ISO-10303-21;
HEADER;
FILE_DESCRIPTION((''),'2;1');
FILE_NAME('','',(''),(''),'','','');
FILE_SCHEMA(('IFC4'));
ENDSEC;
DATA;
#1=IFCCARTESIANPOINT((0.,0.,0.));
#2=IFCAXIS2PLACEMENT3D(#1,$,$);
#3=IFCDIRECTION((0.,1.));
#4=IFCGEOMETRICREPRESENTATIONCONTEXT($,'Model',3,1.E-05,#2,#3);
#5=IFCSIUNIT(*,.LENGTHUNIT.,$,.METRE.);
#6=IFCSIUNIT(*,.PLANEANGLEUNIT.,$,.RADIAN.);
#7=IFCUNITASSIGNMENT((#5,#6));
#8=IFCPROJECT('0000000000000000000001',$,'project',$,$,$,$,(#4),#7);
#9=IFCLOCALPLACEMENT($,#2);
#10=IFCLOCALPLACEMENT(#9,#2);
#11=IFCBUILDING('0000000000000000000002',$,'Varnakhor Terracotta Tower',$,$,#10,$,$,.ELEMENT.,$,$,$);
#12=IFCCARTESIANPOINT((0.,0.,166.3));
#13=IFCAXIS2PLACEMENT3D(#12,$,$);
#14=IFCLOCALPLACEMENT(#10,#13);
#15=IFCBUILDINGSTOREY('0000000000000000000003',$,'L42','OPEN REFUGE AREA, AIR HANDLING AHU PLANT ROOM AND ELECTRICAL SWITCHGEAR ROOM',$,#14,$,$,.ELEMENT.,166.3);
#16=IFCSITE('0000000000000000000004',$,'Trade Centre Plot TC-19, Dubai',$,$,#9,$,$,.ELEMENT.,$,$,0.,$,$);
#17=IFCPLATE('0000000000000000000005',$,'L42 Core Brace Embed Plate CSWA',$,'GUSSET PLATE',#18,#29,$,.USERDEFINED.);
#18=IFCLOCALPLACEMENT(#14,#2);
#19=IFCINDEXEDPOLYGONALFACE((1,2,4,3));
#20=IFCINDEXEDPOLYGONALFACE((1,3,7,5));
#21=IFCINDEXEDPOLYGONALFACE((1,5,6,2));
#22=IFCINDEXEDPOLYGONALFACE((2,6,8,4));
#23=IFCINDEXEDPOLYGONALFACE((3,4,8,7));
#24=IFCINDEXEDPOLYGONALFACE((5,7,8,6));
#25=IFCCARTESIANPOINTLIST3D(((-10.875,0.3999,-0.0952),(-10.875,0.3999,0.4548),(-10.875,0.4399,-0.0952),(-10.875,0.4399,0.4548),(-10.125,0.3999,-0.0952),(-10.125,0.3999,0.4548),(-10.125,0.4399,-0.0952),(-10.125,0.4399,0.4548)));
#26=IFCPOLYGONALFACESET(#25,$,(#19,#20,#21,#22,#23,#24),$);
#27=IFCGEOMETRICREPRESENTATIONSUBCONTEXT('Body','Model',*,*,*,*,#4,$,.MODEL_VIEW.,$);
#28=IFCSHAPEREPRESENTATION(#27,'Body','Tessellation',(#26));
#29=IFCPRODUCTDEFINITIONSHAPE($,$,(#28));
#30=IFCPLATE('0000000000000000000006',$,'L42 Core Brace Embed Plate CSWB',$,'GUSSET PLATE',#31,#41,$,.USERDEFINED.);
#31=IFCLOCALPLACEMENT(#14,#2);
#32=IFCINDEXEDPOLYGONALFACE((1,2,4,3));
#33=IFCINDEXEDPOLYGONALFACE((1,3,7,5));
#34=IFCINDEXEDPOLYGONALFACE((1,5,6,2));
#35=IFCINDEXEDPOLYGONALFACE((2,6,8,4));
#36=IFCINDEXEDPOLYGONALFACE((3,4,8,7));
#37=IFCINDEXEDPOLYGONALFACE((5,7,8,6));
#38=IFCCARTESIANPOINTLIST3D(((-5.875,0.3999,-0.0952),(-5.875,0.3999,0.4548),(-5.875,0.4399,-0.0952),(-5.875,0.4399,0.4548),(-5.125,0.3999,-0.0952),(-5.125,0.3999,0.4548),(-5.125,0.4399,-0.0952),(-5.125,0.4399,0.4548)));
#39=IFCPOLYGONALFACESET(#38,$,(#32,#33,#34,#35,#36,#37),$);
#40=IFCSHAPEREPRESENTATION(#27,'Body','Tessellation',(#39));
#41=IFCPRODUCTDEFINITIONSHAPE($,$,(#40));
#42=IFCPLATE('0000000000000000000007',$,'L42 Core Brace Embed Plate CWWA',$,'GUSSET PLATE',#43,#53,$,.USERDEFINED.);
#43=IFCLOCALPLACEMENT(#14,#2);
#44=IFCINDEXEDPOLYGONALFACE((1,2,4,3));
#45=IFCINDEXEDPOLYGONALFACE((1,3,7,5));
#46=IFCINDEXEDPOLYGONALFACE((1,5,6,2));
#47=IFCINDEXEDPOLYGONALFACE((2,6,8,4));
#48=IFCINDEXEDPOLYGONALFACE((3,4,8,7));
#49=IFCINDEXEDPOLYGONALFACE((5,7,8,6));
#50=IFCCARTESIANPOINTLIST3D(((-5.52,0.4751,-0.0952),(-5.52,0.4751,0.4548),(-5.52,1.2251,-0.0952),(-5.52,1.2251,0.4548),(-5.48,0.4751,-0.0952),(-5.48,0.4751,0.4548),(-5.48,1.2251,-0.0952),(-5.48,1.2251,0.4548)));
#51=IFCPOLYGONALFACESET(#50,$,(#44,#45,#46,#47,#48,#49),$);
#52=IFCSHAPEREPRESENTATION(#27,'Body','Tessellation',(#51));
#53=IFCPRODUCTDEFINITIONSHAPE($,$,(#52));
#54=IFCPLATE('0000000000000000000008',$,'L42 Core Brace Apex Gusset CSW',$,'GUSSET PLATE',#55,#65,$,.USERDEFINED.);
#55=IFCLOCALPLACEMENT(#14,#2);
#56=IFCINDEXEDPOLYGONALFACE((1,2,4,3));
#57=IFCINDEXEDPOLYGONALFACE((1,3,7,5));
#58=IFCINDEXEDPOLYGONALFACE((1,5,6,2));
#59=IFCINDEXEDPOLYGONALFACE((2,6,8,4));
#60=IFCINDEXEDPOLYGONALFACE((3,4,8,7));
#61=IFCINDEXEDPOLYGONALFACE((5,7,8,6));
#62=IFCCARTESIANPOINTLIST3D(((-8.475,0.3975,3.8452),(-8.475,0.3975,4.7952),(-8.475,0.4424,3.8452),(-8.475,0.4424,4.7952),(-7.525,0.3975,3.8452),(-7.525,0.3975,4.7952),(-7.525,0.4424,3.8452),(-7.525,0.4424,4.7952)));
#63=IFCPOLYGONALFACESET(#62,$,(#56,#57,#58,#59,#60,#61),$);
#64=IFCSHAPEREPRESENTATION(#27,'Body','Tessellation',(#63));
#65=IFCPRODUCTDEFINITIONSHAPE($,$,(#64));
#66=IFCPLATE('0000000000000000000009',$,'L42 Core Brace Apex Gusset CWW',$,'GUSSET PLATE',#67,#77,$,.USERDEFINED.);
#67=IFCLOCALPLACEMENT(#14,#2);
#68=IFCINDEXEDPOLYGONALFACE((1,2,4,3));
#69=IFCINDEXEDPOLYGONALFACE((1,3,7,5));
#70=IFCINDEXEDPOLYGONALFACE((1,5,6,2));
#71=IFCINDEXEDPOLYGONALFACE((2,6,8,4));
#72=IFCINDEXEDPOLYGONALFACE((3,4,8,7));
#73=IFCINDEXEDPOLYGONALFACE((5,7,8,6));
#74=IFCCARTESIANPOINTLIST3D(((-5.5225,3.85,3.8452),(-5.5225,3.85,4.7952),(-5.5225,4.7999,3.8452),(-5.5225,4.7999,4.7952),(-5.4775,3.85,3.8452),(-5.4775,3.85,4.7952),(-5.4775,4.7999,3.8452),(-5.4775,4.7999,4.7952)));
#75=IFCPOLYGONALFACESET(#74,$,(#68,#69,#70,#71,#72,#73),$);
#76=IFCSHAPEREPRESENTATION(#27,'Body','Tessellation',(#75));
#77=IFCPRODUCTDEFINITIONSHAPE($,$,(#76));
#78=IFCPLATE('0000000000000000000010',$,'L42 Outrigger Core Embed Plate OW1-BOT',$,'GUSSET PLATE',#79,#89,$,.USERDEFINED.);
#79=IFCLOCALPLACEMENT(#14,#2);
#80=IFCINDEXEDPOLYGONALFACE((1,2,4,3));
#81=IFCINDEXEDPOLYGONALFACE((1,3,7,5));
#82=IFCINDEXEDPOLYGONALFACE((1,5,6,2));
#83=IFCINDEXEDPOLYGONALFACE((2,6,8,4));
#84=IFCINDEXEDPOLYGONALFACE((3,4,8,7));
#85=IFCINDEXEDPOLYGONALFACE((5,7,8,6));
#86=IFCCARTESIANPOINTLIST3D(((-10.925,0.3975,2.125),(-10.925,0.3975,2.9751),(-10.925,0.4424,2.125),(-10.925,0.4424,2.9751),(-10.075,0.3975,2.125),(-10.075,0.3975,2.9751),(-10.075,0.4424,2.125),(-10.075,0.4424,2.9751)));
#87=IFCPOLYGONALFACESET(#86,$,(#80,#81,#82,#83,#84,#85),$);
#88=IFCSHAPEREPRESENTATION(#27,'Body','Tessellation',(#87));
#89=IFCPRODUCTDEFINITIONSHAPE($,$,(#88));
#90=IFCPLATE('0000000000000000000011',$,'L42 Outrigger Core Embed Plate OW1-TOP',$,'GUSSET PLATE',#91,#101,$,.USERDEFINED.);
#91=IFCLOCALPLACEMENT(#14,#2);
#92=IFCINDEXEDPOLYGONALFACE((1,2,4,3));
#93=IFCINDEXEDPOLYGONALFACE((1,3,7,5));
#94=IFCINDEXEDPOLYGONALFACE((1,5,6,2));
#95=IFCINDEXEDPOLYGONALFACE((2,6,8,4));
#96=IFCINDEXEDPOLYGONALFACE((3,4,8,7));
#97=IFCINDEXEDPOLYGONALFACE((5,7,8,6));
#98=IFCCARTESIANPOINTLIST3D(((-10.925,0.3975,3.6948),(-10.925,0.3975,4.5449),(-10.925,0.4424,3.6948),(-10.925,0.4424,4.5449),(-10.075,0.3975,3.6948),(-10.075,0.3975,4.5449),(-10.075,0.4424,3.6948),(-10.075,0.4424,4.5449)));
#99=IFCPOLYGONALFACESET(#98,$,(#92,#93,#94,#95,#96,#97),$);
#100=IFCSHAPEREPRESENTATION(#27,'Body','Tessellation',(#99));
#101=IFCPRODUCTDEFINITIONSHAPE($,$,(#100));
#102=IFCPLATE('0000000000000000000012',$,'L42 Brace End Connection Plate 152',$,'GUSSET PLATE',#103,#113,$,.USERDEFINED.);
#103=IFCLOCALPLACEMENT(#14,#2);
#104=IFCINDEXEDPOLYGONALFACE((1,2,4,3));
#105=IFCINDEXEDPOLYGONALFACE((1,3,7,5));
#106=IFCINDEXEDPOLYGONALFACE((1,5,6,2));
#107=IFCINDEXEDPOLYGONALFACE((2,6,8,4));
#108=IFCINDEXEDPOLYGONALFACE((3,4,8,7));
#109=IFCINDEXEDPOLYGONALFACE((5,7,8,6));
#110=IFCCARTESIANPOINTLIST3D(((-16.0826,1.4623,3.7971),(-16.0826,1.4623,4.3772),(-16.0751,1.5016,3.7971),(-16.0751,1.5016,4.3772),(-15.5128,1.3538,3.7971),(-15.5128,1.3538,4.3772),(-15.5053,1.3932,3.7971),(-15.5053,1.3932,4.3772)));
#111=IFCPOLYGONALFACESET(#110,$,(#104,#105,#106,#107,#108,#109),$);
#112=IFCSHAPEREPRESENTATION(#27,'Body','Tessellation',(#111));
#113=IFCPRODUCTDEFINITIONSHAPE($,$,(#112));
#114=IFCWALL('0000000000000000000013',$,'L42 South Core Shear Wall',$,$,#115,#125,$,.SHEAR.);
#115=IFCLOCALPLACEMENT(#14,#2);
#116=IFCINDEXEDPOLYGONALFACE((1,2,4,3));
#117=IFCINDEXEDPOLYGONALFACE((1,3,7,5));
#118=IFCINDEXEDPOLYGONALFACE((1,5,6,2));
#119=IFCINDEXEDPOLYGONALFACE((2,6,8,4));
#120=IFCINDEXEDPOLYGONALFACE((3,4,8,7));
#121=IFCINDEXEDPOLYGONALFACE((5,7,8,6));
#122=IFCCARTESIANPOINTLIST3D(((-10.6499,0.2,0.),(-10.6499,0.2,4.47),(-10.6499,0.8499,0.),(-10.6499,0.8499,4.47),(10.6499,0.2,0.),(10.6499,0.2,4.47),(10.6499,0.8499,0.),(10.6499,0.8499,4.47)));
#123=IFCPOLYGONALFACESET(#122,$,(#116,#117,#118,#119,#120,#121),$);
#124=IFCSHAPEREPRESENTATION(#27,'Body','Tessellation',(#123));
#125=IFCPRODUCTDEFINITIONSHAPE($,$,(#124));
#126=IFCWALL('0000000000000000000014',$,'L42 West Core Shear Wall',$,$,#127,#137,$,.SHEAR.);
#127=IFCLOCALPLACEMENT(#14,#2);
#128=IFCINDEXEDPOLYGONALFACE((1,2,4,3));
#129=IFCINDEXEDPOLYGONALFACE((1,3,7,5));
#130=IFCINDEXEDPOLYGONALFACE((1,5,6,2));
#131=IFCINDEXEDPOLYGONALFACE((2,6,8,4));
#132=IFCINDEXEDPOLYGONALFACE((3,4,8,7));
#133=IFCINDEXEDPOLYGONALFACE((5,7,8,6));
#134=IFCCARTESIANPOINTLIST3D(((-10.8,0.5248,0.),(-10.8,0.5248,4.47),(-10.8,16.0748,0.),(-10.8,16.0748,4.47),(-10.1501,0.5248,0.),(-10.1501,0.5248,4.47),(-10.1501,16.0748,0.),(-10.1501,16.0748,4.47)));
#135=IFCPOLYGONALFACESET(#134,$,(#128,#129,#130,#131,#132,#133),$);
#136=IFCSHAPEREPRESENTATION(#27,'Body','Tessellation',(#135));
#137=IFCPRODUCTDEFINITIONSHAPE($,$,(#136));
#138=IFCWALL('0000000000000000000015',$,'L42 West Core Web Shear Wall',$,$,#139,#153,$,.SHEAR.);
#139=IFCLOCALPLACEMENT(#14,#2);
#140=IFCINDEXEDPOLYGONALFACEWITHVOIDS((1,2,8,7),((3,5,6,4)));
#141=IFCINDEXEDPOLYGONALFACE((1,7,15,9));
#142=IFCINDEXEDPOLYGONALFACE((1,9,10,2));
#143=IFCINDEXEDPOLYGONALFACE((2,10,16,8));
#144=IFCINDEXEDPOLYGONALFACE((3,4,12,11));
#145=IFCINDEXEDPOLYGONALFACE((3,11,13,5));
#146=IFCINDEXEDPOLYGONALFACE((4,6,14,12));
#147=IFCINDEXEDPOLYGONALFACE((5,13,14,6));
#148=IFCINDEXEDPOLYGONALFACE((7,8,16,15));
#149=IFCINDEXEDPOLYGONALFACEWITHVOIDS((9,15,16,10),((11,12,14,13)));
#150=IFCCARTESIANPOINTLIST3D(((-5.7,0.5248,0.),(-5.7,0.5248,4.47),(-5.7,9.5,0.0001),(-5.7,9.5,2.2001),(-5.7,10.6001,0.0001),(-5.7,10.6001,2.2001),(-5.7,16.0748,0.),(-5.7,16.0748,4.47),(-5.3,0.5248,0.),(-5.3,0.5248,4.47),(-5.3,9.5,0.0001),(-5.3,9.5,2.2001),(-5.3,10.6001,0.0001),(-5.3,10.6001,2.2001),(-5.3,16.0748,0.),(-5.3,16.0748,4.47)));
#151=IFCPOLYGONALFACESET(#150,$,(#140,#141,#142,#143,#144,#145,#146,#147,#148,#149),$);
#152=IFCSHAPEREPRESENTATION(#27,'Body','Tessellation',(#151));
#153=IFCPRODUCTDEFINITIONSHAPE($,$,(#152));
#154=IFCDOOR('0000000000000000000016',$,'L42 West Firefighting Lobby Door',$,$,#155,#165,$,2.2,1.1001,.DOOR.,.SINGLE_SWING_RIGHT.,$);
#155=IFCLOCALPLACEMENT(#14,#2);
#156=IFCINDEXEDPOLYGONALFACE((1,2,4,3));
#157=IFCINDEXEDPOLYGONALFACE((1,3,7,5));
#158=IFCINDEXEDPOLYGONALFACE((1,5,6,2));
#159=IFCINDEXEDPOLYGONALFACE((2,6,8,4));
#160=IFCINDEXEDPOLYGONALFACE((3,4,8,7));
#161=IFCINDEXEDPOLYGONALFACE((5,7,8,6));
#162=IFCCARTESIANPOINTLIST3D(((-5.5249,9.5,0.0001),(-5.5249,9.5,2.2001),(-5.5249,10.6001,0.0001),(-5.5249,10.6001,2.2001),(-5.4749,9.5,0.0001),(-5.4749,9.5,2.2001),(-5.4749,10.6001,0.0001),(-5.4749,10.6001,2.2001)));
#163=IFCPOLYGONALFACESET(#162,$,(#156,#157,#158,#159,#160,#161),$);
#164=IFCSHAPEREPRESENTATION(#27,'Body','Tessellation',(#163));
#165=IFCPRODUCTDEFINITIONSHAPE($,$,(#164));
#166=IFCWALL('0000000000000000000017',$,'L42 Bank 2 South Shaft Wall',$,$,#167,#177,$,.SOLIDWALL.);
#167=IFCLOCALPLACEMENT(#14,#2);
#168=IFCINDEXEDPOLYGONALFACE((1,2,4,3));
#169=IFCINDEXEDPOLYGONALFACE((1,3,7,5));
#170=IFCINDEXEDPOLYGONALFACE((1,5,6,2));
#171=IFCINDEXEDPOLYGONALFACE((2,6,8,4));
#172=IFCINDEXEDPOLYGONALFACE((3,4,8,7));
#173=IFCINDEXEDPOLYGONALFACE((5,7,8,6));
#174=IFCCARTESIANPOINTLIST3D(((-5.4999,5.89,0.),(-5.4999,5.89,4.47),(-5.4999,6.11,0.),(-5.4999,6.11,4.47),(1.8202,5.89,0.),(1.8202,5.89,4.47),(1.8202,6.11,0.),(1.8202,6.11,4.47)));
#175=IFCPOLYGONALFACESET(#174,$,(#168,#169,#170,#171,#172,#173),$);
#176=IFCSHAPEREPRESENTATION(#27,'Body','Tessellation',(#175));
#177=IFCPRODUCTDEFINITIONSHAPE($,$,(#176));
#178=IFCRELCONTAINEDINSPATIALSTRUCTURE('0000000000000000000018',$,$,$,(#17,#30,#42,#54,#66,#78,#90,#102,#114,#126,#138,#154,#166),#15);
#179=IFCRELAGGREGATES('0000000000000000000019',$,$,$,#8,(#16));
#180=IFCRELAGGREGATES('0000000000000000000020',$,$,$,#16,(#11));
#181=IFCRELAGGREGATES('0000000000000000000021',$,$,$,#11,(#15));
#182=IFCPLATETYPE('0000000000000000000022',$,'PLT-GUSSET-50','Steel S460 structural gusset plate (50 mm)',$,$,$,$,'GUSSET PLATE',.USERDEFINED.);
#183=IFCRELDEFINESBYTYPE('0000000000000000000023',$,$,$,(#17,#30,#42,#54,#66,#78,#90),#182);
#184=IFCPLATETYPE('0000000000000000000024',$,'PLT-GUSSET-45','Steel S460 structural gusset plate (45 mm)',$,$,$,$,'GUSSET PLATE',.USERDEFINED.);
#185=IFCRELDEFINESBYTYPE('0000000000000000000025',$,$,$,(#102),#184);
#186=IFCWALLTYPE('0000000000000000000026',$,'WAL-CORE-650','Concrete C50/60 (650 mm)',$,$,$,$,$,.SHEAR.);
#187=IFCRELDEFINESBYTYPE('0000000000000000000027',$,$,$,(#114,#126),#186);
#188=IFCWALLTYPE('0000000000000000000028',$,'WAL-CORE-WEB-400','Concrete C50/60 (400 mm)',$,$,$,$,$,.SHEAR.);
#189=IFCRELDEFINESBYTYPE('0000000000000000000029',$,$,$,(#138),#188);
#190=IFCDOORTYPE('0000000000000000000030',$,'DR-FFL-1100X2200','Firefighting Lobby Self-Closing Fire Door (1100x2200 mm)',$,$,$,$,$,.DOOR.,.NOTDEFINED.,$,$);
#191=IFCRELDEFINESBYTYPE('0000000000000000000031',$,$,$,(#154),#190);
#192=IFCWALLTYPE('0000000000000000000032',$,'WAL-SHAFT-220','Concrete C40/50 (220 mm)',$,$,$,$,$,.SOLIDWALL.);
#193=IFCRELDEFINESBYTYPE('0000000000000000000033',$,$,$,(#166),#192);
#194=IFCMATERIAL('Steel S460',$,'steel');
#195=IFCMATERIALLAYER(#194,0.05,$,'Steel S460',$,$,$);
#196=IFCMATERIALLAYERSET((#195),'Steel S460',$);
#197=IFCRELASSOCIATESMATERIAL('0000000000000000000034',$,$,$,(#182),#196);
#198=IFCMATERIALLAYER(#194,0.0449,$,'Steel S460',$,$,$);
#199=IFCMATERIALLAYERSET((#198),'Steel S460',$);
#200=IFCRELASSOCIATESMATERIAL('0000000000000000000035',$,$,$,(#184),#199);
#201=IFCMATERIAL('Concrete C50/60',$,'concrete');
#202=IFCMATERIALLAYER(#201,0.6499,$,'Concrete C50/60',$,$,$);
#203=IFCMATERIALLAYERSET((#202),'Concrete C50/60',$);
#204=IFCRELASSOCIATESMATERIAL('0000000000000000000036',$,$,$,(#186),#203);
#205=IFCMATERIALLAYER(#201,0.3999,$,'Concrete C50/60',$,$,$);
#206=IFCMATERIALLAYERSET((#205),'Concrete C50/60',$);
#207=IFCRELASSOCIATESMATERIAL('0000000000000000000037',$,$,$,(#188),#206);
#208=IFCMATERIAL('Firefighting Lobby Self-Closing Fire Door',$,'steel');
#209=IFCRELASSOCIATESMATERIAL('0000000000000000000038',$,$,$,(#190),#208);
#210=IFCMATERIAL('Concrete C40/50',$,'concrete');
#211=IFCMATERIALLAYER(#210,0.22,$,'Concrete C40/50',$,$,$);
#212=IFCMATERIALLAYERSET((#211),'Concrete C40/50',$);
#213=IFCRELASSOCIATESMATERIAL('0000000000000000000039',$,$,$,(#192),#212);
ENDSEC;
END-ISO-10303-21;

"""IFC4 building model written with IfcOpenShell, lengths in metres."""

from ifc_helpers import new_model, si_unit, direction, frame, frame_2d, origin, origin_2d, place, context, subcontext, project, spatial, rectangle, extrude, source, transform, mapped, material, layer, layer_set, type_object, type_shapes, element, fill, save


model = new_model("IFC4")

# Units and contexts
model_context = context("Model", 3, precision=1e-05, world=origin(), true_north=direction((0.0, 1.0)))
body_context = subcontext(model_context, "Body", "Model", "MODEL_VIEW")
ifc_project = project(units=[si_unit("LENGTHUNIT", "METRE"), si_unit("PLANEANGLEUNIT", "RADIAN")], contexts=[model_context])

# Site, building, storey
site_placement = place(None, origin())
site = spatial("IfcSite", under=ifc_project, at=site_placement, Name="Trade Centre Plot TC-19, Dubai", CompositionType="ELEMENT", RefElevation=0.0)
building_placement = place(site_placement, origin())
building = spatial("IfcBuilding", under=site, at=building_placement, Name="Varnakhor Terracotta Tower", CompositionType="ELEMENT")
storey_placement = place(building_placement, frame((0.0, 0.0, 166.3)))
storey = spatial("IfcBuildingStorey", under=building, at=storey_placement, Name="L42", Description="OPEN REFUGE AREA, AIR HANDLING AHU PLANT ROOM AND ELECTRICAL SWITCHGEAR ROOM", CompositionType="ELEMENT", Elevation=166.3)

# Shared definitions
ifc_material_1 = material(Name="Concrete C50/60", Category="concrete")

# Shared definitions
ifc_material_2 = material(Name="Steel S460", Category="steel")

# Plates
ifc_layer_1 = layer(ifc_material_2, 0.05, Name="Steel S460")
ifc_layer_set_1 = layer_set([ifc_layer_1], Name="Steel S460")
plate_type_1 = type_object("IfcPlateType", Name="PLT-GUSSET-50", Description="Steel S460 structural gusset plate (50 mm)", ElementType="GUSSET PLATE", PredefinedType="USERDEFINED", material=ifc_layer_set_1)
shared_shape_1 = source(origin(), body_context, "Body", "SweptSolid", [
    extrude(rectangle(XDim=0.75, YDim=0.04, at=origin_2d()), origin(), (0.0, 0.0, 1.0), 0.55),
])
type_shapes(plate_type_1, [shared_shape_1])
for number, where, z_axis, x_axis, name in (
    (1, (-10.5, 0.4199, -0.0952), (0.0, 0.0, 1.0), (1.0, 0.0, 0.0), "L42 Core Brace Embed Plate CSWA"),
    (2, (-5.5, 0.4199, -0.0952), (0.0, 0.0, 1.0), (1.0, 0.0, 0.0), "L42 Core Brace Embed Plate CSWB"),
    (3, (-5.5, 0.8501, -0.0952), (0.0, 0.0, 1.0), (0.0, 1.0, 0.0), "L42 Core Brace Embed Plate CWWA"),
):
    element("IfcPlate", number, at=place(storey_placement, frame(where, z_axis=z_axis, x_axis=x_axis)), inside=storey, type_object=plate_type_1, Name=name, ObjectType="GUSSET PLATE", PredefinedType="USERDEFINED", context=body_context, shape_type="MappedRepresentation", body=[
        mapped(shared_shape_1, transform((0.0, 0.0, 0.0), scale=1.0)),
    ])
shared_shape_2 = source(origin(), body_context, "Body", "SweptSolid", [
    extrude(rectangle(XDim=0.95, YDim=0.0449, at=origin_2d()), origin(), (0.0, 0.0, 1.0), 0.95),
])
for number, where, z_axis, x_axis, name in (
    (4, (-8.0, 0.4199, 3.8452), (0.0, 0.0, 1.0), (1.0, 0.0, 0.0), "L42 Core Brace Apex Gusset CSW"),
    (5, (-5.5, 4.325, 3.8452), (0.0, 0.0, 1.0), (0.0, 1.0, 0.0), "L42 Core Brace Apex Gusset CWW"),
):
    element("IfcPlate", number, at=place(storey_placement, frame(where, z_axis=z_axis, x_axis=x_axis)), inside=storey, type_object=plate_type_1, Name=name, ObjectType="GUSSET PLATE", PredefinedType="USERDEFINED", context=body_context, shape_type="MappedRepresentation", body=[
        mapped(shared_shape_2, transform((0.0, 0.0, 0.0), scale=1.0)),
    ])
shared_shape_3 = source(origin(), body_context, "Body", "SweptSolid", [
    extrude(rectangle(XDim=0.8501, YDim=0.0449, at=origin_2d()), origin(), (0.0, 0.0, 1.0), 0.8501),
])
for number, where, z_axis, x_axis, name in (
    (6, (-10.5, 0.4199, 2.125), (0.0, 0.0, 1.0), (1.0, 0.0, 0.0), "L42 Outrigger Core Embed Plate OW1-BOT"),
    (7, (-10.5, 0.4199, 3.6948), (0.0, 0.0, 1.0), (1.0, 0.0, 0.0), "L42 Outrigger Core Embed Plate OW1-TOP"),
):
    element("IfcPlate", number, at=place(storey_placement, frame(where, z_axis=z_axis, x_axis=x_axis)), inside=storey, type_object=plate_type_1, Name=name, ObjectType="GUSSET PLATE", PredefinedType="USERDEFINED", context=body_context, shape_type="MappedRepresentation", body=[
        mapped(shared_shape_3, transform((0.0, 0.0, 0.0), scale=1.0)),
    ])
ifc_layer_2 = layer(ifc_material_2, 0.0449, Name="Steel S460")
ifc_layer_set_2 = layer_set([ifc_layer_2], Name="Steel S460")
plate_type_2 = type_object("IfcPlateType", Name="PLT-GUSSET-45", Description="Steel S460 structural gusset plate (45 mm)", ElementType="GUSSET PLATE", PredefinedType="USERDEFINED", material=ifc_layer_set_2)
shared_shape_4 = source(origin(), body_context, "Body", "SweptSolid", [
    extrude(rectangle(XDim=0.5801, YDim=0.04, at=origin_2d()), origin(), (0.0, 0.0, 1.0), 0.5801),
])
plate_placement = place(storey_placement, frame((-15.7939, 1.4277, 3.7971), z_axis=(0.0, 0.0, 1.0), x_axis=(-0.982359, 0.187004, 0.0)))
element("IfcPlate", 8, at=plate_placement, inside=storey, type_object=plate_type_2, Name="L42 Brace End Connection Plate 152", ObjectType="GUSSET PLATE", PredefinedType="USERDEFINED", context=body_context, shape_type="MappedRepresentation", body=[
    mapped(shared_shape_4, transform((0.0, 0.0, 0.0), scale=1.0)),
])

# Walls
ifc_layer_3 = layer(ifc_material_1, 0.6499, Name="Concrete C50/60")
ifc_layer_set_3 = layer_set([ifc_layer_3], Name="Concrete C50/60")
wall_type_1 = type_object("IfcWallType", Name="WAL-CORE-650", Description="Concrete C50/60 (650 mm)", PredefinedType="SHEAR", material=ifc_layer_set_3)
wall_1_placement = place(storey_placement, frame((-10.6499, 0.5249, 0.0), z_axis=(0.0, 0.0, 1.0), x_axis=(1.0, 0.0, 0.0)))
element("IfcWall", 9, at=wall_1_placement, inside=storey, type_object=wall_type_1, Name="L42 South Core Shear Wall", PredefinedType="SHEAR", context=body_context, shape_type="SweptSolid", body=[
    extrude(rectangle(XDim=21.2998, YDim=0.6499, at=frame_2d((10.6499, 0.0))), origin(), (0.0, 0.0, 1.0), 4.47),
])
wall_2_placement = place(storey_placement, frame((-10.4751, 0.5249, 0.0), z_axis=(0.0, 0.0, 1.0), x_axis=(0.0, 1.0, 0.0)))
element("IfcWall", 10, at=wall_2_placement, inside=storey, type_object=wall_type_1, Name="L42 West Core Shear Wall", PredefinedType="SHEAR", context=body_context, shape_type="SweptSolid", body=[
    extrude(rectangle(XDim=15.55, YDim=0.6499, at=frame_2d((7.7749, 0.0))), origin(), (0.0, 0.0, 1.0), 4.47),
])

# Wall, opening, door
ifc_layer_4 = layer(ifc_material_1, 0.3999, Name="Concrete C50/60")
ifc_layer_set_4 = layer_set([ifc_layer_4], Name="Concrete C50/60")
wall_type_2 = type_object("IfcWallType", Name="WAL-CORE-WEB-400", Description="Concrete C50/60 (400 mm)", PredefinedType="SHEAR", material=ifc_layer_set_4)
wall_3_placement = place(storey_placement, frame((-5.5, 0.5249, 0.0), z_axis=(0.0, 0.0, 1.0), x_axis=(0.0, 1.0, 0.0)))
wall_3 = element("IfcWall", 11, at=wall_3_placement, inside=storey, type_object=wall_type_2, Name="L42 West Core Web Shear Wall", PredefinedType="SHEAR", context=body_context, shape_type="SweptSolid", body=[
    extrude(rectangle(XDim=15.55, YDim=0.3999, at=frame_2d((7.7749, 0.0))), origin(), (0.0, 0.0, 1.0), 4.47),
])
opening_placement = place(wall_3_placement, frame((8.9751, 0.0, 0.0)))
opening = element("IfcOpeningElement", 12, at=opening_placement, cuts=wall_3, PredefinedType="OPENING", context=body_context, shape_type="SweptSolid", body=[
    extrude(rectangle(XDim=1.1001, YDim=2.2, at=frame_2d((0.55, 1.1001))), frame((0.0, 0.21, 0.0), z_axis=(0.0, -1.0, 0.0), x_axis=(1.0, 0.0, 0.0)), (0.0, 0.0, 1.0), 0.4199),
])
ifc_material_3 = material(Name="Firefighting Lobby Self-Closing Fire Door", Category="steel")
door_type = type_object("IfcDoorType", Name="DR-FFL-1100X2200", Description="Firefighting Lobby Self-Closing Fire Door (1100x2200 mm)", OperationType="NOTDEFINED", PredefinedType="DOOR", material=ifc_material_3)
shared_shape_5 = source(origin(), body_context, "Body", "SweptSolid", [
    extrude(rectangle(XDim=1.1001, YDim=2.2, at=frame_2d((0.55, 1.1001))), frame((0.0, 0.0249, 0.0), z_axis=(0.0, -1.0, 0.0), x_axis=(1.0, 0.0, 0.0)), (0.0, 0.0, 1.0), 0.05),
])
type_shapes(door_type, [shared_shape_5])
door_placement = place(opening_placement, origin())
door = element("IfcDoor", 13, at=door_placement, inside=storey, type_object=door_type, Name="L42 West Firefighting Lobby Door", OperationType="SINGLE_SWING_RIGHT", OverallHeight=2.2, OverallWidth=1.1001, PredefinedType="DOOR", context=body_context, shape_type="MappedRepresentation", body=[
    mapped(shared_shape_5, transform((0.0, 0.0, 0.0), scale=1.0)),
])
fill(opening, door)

# Wall
ifc_material_4 = material(Name="Concrete C40/50", Category="concrete")
ifc_layer_5 = layer(ifc_material_4, 0.22, Name="Concrete C40/50")
ifc_layer_set_5 = layer_set([ifc_layer_5], Name="Concrete C40/50")
wall_type_3 = type_object("IfcWallType", Name="WAL-SHAFT-220", Description="Concrete C40/50 (220 mm)", PredefinedType="SOLIDWALL", material=ifc_layer_set_5)
wall_4_placement = place(storey_placement, frame((-5.5, 6.0, 0.0), z_axis=(0.0, 0.0, 1.0), x_axis=(1.0, 0.0, 0.0)))
element("IfcWall", 14, at=wall_4_placement, inside=storey, type_object=wall_type_3, Name="L42 Bank 2 South Shaft Wall", PredefinedType="SOLIDWALL", context=body_context, shape_type="SweptSolid", body=[
    extrude(rectangle(XDim=7.3201, YDim=0.22, at=frame_2d((3.6602, 0.0))), origin(), (0.0, 0.0, 1.0), 4.47),
])

save(model, "model.ifc")
